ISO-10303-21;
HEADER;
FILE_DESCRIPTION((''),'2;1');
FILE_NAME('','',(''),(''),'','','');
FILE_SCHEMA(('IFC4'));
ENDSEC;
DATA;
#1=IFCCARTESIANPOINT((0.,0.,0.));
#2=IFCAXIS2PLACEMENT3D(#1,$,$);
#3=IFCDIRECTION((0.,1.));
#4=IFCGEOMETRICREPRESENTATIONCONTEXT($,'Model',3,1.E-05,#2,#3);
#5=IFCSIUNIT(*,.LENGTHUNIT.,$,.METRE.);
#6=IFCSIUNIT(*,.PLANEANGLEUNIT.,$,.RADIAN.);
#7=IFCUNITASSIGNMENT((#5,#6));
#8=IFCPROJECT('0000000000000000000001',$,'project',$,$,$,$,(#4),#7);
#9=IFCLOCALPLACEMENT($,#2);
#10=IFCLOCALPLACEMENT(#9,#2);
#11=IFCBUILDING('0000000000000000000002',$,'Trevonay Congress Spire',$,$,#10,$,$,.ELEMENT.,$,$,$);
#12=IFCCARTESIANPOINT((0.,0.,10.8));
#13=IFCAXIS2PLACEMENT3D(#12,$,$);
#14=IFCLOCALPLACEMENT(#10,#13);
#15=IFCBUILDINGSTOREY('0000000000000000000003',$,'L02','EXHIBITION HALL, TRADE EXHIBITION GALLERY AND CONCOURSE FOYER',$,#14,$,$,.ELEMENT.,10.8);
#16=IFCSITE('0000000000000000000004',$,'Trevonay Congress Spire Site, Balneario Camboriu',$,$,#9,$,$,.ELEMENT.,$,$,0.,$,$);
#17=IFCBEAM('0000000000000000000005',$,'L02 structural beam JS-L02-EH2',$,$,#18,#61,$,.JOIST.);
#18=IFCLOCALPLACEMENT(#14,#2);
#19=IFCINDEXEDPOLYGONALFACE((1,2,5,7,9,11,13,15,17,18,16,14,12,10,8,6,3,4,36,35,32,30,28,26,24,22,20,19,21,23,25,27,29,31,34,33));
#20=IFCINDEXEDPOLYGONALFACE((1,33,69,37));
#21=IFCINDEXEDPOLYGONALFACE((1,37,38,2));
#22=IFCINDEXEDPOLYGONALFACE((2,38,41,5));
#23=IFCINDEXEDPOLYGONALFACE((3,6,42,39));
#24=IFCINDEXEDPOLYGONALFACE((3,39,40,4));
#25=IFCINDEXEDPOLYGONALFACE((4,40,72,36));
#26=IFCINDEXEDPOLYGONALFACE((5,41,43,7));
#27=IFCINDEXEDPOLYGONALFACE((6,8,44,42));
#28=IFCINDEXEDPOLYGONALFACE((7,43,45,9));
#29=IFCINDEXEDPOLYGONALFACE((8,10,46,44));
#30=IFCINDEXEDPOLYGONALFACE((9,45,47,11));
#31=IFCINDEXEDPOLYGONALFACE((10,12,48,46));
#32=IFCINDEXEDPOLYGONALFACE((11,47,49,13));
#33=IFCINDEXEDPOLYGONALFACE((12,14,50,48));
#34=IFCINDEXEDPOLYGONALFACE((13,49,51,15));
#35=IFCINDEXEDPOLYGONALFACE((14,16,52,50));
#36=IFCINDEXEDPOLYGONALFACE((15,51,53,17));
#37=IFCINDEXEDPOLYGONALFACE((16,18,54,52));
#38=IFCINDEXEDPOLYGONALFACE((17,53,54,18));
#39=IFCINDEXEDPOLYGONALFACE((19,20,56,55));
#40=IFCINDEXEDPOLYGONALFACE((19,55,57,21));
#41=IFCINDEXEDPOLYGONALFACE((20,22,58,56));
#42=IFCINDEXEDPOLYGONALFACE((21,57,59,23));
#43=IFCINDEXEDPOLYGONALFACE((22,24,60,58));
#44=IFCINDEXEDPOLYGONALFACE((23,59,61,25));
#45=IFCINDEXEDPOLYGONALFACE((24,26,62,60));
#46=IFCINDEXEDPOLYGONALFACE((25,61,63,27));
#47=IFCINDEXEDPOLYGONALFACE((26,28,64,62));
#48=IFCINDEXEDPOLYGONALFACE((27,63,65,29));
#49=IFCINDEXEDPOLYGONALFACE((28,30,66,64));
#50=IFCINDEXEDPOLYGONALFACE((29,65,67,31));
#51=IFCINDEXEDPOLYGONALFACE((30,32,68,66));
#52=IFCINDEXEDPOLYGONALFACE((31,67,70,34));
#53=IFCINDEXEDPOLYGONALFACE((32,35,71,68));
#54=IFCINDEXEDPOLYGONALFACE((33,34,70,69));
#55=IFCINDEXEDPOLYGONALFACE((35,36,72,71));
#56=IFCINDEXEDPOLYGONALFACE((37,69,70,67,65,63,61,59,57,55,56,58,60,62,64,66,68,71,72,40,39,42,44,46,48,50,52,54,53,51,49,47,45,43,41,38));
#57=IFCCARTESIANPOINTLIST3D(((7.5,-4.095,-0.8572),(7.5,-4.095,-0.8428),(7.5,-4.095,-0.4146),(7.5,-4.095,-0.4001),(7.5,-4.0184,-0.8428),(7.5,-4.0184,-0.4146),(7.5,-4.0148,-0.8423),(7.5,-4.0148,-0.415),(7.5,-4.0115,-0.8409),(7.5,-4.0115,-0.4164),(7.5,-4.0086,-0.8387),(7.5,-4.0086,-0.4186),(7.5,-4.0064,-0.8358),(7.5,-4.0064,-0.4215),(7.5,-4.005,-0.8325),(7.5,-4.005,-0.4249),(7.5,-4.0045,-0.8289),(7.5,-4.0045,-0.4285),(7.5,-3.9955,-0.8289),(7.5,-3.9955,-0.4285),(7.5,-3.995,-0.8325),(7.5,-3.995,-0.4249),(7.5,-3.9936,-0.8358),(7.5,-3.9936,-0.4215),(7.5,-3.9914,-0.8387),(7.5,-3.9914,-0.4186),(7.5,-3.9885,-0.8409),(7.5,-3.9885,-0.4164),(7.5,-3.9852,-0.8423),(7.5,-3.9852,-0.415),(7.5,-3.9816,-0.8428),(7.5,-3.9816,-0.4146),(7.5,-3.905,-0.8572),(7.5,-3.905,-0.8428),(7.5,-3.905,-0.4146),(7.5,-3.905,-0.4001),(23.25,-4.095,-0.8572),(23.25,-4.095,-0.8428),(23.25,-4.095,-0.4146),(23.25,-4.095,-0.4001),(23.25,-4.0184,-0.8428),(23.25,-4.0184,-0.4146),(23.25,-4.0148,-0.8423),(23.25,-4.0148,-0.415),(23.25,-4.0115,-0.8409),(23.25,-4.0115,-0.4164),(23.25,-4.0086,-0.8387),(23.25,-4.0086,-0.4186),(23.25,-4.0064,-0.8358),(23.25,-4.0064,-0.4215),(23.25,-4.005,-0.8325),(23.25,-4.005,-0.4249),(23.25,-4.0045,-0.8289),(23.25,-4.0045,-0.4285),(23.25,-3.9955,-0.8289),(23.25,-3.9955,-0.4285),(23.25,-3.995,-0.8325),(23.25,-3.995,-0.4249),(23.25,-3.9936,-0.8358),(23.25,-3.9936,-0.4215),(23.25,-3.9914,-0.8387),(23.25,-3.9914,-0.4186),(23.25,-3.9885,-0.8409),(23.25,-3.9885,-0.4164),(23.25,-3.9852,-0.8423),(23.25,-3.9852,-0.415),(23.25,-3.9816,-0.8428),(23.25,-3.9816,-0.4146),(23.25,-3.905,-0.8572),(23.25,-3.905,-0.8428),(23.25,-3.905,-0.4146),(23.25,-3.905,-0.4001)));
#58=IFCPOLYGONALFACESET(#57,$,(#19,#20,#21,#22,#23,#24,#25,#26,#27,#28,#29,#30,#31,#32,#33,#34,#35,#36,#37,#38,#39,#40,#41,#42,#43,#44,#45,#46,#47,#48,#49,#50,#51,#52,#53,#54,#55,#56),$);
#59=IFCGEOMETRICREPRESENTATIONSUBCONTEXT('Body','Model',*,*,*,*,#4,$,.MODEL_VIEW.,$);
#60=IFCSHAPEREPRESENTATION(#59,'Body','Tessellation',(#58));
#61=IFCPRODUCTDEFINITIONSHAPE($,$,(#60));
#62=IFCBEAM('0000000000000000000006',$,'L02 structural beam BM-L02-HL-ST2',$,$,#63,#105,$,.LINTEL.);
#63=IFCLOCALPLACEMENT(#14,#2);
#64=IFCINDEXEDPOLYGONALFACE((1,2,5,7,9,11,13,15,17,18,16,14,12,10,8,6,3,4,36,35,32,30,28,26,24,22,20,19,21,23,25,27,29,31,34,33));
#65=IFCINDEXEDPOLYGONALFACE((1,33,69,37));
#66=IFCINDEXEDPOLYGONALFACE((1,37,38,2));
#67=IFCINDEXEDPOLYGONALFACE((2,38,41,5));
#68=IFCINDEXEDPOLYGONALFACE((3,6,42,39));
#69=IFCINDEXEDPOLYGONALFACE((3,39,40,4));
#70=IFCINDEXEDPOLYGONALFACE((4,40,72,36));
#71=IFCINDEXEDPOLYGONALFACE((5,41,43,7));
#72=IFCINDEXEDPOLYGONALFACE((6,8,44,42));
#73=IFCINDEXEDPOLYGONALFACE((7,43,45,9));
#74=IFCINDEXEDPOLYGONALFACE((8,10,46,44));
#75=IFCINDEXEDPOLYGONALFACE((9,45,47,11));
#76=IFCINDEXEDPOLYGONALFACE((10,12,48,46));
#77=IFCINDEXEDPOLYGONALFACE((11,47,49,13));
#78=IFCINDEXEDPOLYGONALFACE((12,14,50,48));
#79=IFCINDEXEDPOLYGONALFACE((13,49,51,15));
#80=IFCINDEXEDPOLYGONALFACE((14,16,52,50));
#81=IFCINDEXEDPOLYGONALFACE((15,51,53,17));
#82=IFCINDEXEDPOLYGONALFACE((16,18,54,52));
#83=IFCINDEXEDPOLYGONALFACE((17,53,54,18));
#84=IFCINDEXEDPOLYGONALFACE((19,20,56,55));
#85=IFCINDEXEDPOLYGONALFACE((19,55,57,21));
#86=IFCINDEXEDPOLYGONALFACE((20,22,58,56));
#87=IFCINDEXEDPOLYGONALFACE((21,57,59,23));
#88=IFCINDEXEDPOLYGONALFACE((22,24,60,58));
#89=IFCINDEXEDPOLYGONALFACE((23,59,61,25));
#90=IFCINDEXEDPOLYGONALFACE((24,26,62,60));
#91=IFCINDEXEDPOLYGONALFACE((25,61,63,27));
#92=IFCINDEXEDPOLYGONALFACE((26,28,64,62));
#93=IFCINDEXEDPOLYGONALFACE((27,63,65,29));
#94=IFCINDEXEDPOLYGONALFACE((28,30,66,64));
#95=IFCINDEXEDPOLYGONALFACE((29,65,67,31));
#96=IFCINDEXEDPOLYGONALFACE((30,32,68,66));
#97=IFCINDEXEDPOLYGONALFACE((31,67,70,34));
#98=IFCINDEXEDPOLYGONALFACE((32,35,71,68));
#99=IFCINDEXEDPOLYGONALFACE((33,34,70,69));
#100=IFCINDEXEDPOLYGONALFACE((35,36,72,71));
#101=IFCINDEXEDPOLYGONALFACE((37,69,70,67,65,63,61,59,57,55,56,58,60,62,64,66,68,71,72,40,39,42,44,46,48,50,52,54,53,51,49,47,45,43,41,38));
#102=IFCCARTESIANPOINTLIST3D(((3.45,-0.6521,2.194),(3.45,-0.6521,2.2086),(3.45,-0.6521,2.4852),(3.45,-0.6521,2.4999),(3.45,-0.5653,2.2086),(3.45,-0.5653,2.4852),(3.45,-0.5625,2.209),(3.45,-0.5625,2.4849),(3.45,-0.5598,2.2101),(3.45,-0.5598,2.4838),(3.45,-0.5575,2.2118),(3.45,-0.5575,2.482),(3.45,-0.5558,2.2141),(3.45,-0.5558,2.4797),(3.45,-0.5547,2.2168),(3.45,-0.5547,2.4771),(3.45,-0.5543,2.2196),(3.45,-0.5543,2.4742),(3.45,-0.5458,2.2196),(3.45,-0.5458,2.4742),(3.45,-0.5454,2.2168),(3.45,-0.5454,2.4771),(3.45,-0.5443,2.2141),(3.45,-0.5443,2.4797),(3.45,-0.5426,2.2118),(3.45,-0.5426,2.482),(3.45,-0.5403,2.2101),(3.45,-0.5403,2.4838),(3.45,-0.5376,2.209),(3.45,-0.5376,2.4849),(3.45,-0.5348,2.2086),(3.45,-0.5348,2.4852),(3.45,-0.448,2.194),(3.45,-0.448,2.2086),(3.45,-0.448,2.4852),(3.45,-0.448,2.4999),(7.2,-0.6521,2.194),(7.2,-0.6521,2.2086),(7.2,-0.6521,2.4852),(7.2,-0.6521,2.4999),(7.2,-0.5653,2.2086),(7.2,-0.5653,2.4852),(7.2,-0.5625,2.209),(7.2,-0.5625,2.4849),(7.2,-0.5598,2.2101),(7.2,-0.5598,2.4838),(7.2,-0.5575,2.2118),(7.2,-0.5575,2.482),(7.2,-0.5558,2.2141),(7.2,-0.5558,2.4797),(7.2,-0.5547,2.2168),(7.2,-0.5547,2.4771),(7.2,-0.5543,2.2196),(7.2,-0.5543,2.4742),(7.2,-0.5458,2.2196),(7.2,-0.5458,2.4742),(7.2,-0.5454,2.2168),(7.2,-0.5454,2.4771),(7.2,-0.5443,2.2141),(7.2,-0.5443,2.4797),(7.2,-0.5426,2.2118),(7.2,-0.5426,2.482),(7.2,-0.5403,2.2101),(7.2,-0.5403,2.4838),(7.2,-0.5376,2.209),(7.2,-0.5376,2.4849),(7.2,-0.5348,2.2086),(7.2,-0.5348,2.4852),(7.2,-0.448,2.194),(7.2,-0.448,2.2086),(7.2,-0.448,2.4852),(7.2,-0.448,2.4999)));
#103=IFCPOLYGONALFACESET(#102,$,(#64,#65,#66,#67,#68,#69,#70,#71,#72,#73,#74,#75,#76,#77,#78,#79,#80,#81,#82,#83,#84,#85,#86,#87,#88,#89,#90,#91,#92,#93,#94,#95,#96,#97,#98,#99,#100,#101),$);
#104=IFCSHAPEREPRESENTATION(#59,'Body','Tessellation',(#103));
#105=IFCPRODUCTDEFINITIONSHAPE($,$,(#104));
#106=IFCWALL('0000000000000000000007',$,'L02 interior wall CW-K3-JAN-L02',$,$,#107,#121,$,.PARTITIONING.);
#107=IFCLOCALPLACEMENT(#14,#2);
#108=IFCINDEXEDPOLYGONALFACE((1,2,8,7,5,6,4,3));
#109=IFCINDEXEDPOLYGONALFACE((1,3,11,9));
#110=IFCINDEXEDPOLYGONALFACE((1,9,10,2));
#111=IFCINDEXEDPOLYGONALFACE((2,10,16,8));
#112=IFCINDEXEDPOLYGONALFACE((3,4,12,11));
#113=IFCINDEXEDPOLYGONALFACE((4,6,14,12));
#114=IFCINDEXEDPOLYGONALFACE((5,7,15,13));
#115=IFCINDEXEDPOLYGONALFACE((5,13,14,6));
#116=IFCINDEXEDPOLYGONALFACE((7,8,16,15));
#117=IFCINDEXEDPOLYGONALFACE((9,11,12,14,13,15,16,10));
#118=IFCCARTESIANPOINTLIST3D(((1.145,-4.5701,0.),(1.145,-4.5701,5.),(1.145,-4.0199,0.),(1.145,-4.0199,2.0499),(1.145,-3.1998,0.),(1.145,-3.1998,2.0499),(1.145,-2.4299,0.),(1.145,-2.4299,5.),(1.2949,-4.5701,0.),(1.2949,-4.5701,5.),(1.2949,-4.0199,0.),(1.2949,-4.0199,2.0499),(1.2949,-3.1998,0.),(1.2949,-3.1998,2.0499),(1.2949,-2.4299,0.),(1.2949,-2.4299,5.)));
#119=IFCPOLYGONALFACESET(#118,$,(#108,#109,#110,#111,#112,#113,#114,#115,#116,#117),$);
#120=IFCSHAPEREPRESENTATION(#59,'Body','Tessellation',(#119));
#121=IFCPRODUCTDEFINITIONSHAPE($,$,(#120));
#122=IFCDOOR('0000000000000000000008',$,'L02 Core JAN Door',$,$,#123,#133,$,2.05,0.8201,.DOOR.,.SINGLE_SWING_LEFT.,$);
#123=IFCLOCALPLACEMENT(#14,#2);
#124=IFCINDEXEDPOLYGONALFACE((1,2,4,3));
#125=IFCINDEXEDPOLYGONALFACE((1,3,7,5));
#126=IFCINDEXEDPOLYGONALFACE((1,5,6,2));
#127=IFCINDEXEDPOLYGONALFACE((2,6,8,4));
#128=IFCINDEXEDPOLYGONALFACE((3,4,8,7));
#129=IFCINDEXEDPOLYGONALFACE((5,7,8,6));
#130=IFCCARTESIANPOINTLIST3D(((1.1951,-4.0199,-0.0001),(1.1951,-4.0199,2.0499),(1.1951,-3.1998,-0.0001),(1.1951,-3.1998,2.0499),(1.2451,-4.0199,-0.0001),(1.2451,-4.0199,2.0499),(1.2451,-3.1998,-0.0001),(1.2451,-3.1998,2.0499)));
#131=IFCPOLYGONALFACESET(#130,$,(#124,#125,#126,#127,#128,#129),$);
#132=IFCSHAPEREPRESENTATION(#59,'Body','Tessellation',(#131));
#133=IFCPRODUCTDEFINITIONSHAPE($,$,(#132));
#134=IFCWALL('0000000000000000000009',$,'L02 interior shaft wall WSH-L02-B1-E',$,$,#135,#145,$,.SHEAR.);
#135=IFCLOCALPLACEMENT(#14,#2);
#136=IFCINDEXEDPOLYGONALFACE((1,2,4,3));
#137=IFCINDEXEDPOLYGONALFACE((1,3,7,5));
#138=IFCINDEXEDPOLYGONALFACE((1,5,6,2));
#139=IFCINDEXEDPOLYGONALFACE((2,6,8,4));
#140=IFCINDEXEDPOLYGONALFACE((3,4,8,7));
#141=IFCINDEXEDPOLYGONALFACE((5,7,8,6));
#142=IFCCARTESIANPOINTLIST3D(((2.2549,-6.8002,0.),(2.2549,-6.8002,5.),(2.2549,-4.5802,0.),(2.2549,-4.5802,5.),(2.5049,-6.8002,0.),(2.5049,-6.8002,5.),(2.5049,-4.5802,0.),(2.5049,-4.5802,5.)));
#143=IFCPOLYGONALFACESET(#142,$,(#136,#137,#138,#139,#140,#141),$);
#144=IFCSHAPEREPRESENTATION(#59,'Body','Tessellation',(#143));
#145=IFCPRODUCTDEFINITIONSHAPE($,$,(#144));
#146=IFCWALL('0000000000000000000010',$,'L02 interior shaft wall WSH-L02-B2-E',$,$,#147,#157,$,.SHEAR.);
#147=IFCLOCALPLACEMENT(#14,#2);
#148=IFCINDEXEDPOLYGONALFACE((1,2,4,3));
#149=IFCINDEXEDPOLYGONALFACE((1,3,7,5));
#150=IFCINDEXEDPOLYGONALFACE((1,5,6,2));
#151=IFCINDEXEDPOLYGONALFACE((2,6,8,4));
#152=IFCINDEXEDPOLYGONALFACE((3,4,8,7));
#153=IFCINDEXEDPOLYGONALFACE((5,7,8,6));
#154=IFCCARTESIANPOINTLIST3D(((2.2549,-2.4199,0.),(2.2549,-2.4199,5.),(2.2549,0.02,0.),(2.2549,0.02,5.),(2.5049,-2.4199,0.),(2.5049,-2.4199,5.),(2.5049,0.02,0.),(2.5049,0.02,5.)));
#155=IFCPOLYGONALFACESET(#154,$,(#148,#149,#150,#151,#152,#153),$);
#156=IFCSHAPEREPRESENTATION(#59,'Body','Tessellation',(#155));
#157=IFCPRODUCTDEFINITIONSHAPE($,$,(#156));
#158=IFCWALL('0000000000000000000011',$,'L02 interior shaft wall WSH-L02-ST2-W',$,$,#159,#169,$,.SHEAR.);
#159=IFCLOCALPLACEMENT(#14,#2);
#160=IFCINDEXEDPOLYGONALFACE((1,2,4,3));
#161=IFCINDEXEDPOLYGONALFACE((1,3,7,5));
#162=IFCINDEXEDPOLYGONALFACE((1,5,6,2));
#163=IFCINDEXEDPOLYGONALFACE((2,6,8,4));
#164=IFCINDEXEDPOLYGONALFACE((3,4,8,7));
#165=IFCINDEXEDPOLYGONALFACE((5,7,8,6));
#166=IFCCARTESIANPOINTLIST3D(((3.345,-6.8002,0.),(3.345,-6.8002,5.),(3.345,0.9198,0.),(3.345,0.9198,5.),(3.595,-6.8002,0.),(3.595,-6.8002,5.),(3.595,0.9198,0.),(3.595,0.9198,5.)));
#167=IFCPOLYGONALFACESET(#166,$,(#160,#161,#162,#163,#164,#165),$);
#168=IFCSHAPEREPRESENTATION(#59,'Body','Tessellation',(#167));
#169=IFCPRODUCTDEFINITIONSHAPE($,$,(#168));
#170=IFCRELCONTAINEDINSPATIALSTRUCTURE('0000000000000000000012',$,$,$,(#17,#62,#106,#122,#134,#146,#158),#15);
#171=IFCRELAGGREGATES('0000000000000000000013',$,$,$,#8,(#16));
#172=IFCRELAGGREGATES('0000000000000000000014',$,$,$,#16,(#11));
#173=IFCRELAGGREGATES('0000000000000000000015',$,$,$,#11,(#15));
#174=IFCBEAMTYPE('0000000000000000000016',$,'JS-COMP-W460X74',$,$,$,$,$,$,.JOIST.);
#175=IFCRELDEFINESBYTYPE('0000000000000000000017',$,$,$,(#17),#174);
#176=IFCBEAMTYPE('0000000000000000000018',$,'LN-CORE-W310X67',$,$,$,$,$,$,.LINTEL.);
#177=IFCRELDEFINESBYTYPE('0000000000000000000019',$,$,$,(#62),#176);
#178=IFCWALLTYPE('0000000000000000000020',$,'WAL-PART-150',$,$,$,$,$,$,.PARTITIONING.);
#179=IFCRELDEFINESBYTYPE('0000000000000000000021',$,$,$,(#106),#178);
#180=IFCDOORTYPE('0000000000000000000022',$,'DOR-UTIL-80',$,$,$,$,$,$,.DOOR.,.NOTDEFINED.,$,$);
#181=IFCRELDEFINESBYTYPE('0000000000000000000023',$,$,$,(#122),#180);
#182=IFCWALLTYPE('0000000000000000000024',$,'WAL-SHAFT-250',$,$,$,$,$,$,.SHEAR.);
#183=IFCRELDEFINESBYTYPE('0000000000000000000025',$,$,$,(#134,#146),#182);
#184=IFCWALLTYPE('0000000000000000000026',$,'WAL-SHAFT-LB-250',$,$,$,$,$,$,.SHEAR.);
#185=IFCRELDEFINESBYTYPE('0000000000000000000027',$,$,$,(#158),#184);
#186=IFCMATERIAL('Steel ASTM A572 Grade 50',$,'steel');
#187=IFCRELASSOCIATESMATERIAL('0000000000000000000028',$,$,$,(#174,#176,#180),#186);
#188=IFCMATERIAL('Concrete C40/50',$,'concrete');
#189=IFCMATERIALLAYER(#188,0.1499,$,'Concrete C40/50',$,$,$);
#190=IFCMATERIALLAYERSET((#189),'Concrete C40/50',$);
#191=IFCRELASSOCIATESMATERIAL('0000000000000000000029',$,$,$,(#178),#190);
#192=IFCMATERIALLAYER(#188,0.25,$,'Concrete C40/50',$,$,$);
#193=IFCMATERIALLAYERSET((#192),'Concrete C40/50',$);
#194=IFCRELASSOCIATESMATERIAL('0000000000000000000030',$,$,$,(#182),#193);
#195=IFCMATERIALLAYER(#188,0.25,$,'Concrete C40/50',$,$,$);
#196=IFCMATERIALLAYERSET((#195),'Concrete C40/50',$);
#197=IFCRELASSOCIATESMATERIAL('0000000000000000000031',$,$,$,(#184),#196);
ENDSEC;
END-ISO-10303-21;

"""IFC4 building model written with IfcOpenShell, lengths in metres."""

from ifc_helpers import new_model, si_unit, direction, frame, frame_2d, origin, origin_2d, place, context, subcontext, project, spatial, rectangle, i_section, extrude, material, layer, layer_set, material_profile, profile_set, type_object, element, fill, save


model = new_model("IFC4")

# Units and contexts
model_context = context("Model", 3, precision=1e-05, world=origin(), true_north=direction((0.0, 1.0)))
body_context = subcontext(model_context, "Body", "Model", "MODEL_VIEW")
ifc_project = project(units=[si_unit("LENGTHUNIT", "METRE"), si_unit("PLANEANGLEUNIT", "RADIAN")], contexts=[model_context])

# Site, building, storey
site_placement = place(None, origin())
site = spatial("IfcSite", under=ifc_project, at=site_placement, Name="Trevonay Congress Spire Site, Balneario Camboriu", CompositionType="ELEMENT", RefElevation=0.0)
building_placement = place(site_placement, origin())
building = spatial("IfcBuilding", under=site, at=building_placement, Name="Trevonay Congress Spire", CompositionType="ELEMENT")
storey_placement = place(building_placement, frame((0.0, 0.0, 10.8)))
storey = spatial("IfcBuildingStorey", under=building, at=storey_placement, Name="L02", Description="EXHIBITION HALL, TRADE EXHIBITION GALLERY AND CONCOURSE FOYER", CompositionType="ELEMENT", Elevation=10.8)

# Beams
ifc_material_1 = material(Name="Steel ASTM A572 Grade 50", Category="steel")
ifc_material_profile_1 = material_profile(ifc_material_1, i_section(OverallWidth=0.1899, OverallDepth=0.457, WebThickness=0.009, FlangeThickness=0.0144, FilletRadius=0.0139, at=origin_2d()), Name="W460x74")
ifc_profile_set_1 = profile_set([ifc_material_profile_1], Name="Steel ASTM A572 Grade 50")
beam_type_1 = type_object("IfcBeamType", Name="JS-COMP-W460X74", PredefinedType="JOIST", material=ifc_profile_set_1)
beam_1_placement = place(storey_placement, frame((7.5, -4.0, -0.6287), z_axis=(1.0, 0.0, 0.0), x_axis=(0.0, 1.0, 0.0)))
element("IfcBeam", 1, at=beam_1_placement, inside=storey, type_object=beam_type_1, Name="L02 structural beam JS-L02-EH2", PredefinedType="JOIST", context=body_context, shape_type="SweptSolid", body=[
    extrude(i_section(OverallWidth=0.1899, OverallDepth=0.457, WebThickness=0.009, FlangeThickness=0.0144, FilletRadius=0.0139, at=origin_2d()), origin(), (0.0, 0.0, 1.0), 15.75),
])
ifc_material_profile_2 = material_profile(ifc_material_1, i_section(OverallWidth=0.2041, OverallDepth=0.3059, WebThickness=0.0085, FlangeThickness=0.0146, FilletRadius=0.011, at=origin_2d()), Name="W310x67")
ifc_profile_set_2 = profile_set([ifc_material_profile_2], Name="Steel ASTM A572 Grade 50")
beam_type_2 = type_object("IfcBeamType", Name="LN-CORE-W310X67", PredefinedType="LINTEL", material=ifc_profile_set_2)
beam_2_placement = place(storey_placement, frame((3.45, -0.55, 2.3469), z_axis=(1.0, 0.0, 0.0), x_axis=(0.0, 1.0, 0.0)))
element("IfcBeam", 2, at=beam_2_placement, inside=storey, type_object=beam_type_2, Name="L02 structural beam BM-L02-HL-ST2", PredefinedType="LINTEL", context=body_context, shape_type="SweptSolid", body=[
    extrude(i_section(OverallWidth=0.2041, OverallDepth=0.3059, WebThickness=0.0085, FlangeThickness=0.0146, FilletRadius=0.011, at=origin_2d()), origin(), (0.0, 0.0, 1.0), 3.75),
])

# Wall, opening, door
ifc_material_2 = material(Name="Concrete C40/50", Category="concrete")
ifc_layer_1 = layer(ifc_material_2, 0.1499, Name="Concrete C40/50")
ifc_layer_set_1 = layer_set([ifc_layer_1], Name="Concrete C40/50")
wall_type_1 = type_object("IfcWallType", Name="WAL-PART-150", PredefinedType="PARTITIONING", material=ifc_layer_set_1)
wall_1_placement = place(storey_placement, frame((1.22, -4.5701, 0.0), z_axis=(0.0, 0.0, 1.0), x_axis=(0.0, 1.0, 0.0)))
wall_1 = element("IfcWall", 3, at=wall_1_placement, inside=storey, type_object=wall_type_1, Name="L02 interior wall CW-K3-JAN-L02", PredefinedType="PARTITIONING", context=body_context, shape_type="SweptSolid", body=[
    extrude(rectangle(XDim=2.1401, YDim=0.1499, at=frame_2d((1.0701, 0.0))), origin(), (0.0, 0.0, 1.0), 5.0),
])
opening_placement = place(wall_1_placement, frame((0.55, 0.0, 0.0)))
opening = element("IfcOpeningElement", 4, at=opening_placement, cuts=wall_1, PredefinedType="OPENING", context=body_context, shape_type="SweptSolid", body=[
    extrude(rectangle(XDim=0.8201, YDim=2.05, at=frame_2d((0.4102, 1.0249))), frame((0.0, 0.085, 0.0), z_axis=(0.0, -1.0, 0.0), x_axis=(1.0, 0.0, 0.0)), (0.0, 0.0, 1.0), 0.1699),
])
door_type = type_object("IfcDoorType", Name="DOR-UTIL-80", OperationType="NOTDEFINED", PredefinedType="DOOR", material=ifc_material_1)
door_placement = place(opening_placement, origin())
door = element("IfcDoor", 5, at=door_placement, inside=storey, type_object=door_type, Name="L02 Core JAN Door", OperationType="SINGLE_SWING_LEFT", OverallHeight=2.05, OverallWidth=0.8201, PredefinedType="DOOR", context=body_context, shape_type="SweptSolid", body=[
    extrude(rectangle(XDim=0.8201, YDim=2.05, at=frame_2d((0.4102, 1.0249))), frame((0.0, 0.0249, 0.0), z_axis=(0.0, -1.0, 0.0), x_axis=(1.0, 0.0, 0.0)), (0.0, 0.0, 1.0), 0.05),
])
fill(opening, door)

# Walls
ifc_layer_2 = layer(ifc_material_2, 0.25, Name="Concrete C40/50")
ifc_layer_set_2 = layer_set([ifc_layer_2], Name="Concrete C40/50")
wall_type_2 = type_object("IfcWallType", Name="WAL-SHAFT-250", PredefinedType="SHEAR", material=ifc_layer_set_2)
wall_2_placement = place(storey_placement, frame((2.3799, -6.8, 0.0), z_axis=(0.0, 0.0, 1.0), x_axis=(0.0, 1.0, 0.0)))
element("IfcWall", 6, at=wall_2_placement, inside=storey, type_object=wall_type_2, Name="L02 interior shaft wall WSH-L02-B1-E", PredefinedType="SHEAR", context=body_context, shape_type="SweptSolid", body=[
    extrude(rectangle(XDim=2.22, YDim=0.25, at=frame_2d((1.1099, 0.0))), origin(), (0.0, 0.0, 1.0), 5.0),
])
wall_3_placement = place(storey_placement, frame((2.3799, -2.4199, 0.0), z_axis=(0.0, 0.0, 1.0), x_axis=(0.0, 1.0, 0.0)))
element("IfcWall", 7, at=wall_3_placement, inside=storey, type_object=wall_type_2, Name="L02 interior shaft wall WSH-L02-B2-E", PredefinedType="SHEAR", context=body_context, shape_type="SweptSolid", body=[
    extrude(rectangle(XDim=2.4399, YDim=0.25, at=frame_2d((1.22, 0.0))), origin(), (0.0, 0.0, 1.0), 5.0),
])
ifc_layer_3 = layer(ifc_material_2, 0.25, Name="Concrete C40/50")
ifc_layer_set_3 = layer_set([ifc_layer_3], Name="Concrete C40/50")
wall_type_3 = type_object("IfcWallType", Name="WAL-SHAFT-LB-250", PredefinedType="SHEAR", material=ifc_layer_set_3)
wall_4_placement = place(storey_placement, frame((3.47, -6.8, 0.0), z_axis=(0.0, 0.0, 1.0), x_axis=(0.0, 1.0, 0.0)))
element("IfcWall", 8, at=wall_4_placement, inside=storey, type_object=wall_type_3, Name="L02 interior shaft wall WSH-L02-ST2-W", PredefinedType="SHEAR", context=body_context, shape_type="SweptSolid", body=[
    extrude(rectangle(XDim=7.72, YDim=0.25, at=frame_2d((3.8599, 0.0))), origin(), (0.0, 0.0, 1.0), 5.0),
])

save(model, "model.ifc")
